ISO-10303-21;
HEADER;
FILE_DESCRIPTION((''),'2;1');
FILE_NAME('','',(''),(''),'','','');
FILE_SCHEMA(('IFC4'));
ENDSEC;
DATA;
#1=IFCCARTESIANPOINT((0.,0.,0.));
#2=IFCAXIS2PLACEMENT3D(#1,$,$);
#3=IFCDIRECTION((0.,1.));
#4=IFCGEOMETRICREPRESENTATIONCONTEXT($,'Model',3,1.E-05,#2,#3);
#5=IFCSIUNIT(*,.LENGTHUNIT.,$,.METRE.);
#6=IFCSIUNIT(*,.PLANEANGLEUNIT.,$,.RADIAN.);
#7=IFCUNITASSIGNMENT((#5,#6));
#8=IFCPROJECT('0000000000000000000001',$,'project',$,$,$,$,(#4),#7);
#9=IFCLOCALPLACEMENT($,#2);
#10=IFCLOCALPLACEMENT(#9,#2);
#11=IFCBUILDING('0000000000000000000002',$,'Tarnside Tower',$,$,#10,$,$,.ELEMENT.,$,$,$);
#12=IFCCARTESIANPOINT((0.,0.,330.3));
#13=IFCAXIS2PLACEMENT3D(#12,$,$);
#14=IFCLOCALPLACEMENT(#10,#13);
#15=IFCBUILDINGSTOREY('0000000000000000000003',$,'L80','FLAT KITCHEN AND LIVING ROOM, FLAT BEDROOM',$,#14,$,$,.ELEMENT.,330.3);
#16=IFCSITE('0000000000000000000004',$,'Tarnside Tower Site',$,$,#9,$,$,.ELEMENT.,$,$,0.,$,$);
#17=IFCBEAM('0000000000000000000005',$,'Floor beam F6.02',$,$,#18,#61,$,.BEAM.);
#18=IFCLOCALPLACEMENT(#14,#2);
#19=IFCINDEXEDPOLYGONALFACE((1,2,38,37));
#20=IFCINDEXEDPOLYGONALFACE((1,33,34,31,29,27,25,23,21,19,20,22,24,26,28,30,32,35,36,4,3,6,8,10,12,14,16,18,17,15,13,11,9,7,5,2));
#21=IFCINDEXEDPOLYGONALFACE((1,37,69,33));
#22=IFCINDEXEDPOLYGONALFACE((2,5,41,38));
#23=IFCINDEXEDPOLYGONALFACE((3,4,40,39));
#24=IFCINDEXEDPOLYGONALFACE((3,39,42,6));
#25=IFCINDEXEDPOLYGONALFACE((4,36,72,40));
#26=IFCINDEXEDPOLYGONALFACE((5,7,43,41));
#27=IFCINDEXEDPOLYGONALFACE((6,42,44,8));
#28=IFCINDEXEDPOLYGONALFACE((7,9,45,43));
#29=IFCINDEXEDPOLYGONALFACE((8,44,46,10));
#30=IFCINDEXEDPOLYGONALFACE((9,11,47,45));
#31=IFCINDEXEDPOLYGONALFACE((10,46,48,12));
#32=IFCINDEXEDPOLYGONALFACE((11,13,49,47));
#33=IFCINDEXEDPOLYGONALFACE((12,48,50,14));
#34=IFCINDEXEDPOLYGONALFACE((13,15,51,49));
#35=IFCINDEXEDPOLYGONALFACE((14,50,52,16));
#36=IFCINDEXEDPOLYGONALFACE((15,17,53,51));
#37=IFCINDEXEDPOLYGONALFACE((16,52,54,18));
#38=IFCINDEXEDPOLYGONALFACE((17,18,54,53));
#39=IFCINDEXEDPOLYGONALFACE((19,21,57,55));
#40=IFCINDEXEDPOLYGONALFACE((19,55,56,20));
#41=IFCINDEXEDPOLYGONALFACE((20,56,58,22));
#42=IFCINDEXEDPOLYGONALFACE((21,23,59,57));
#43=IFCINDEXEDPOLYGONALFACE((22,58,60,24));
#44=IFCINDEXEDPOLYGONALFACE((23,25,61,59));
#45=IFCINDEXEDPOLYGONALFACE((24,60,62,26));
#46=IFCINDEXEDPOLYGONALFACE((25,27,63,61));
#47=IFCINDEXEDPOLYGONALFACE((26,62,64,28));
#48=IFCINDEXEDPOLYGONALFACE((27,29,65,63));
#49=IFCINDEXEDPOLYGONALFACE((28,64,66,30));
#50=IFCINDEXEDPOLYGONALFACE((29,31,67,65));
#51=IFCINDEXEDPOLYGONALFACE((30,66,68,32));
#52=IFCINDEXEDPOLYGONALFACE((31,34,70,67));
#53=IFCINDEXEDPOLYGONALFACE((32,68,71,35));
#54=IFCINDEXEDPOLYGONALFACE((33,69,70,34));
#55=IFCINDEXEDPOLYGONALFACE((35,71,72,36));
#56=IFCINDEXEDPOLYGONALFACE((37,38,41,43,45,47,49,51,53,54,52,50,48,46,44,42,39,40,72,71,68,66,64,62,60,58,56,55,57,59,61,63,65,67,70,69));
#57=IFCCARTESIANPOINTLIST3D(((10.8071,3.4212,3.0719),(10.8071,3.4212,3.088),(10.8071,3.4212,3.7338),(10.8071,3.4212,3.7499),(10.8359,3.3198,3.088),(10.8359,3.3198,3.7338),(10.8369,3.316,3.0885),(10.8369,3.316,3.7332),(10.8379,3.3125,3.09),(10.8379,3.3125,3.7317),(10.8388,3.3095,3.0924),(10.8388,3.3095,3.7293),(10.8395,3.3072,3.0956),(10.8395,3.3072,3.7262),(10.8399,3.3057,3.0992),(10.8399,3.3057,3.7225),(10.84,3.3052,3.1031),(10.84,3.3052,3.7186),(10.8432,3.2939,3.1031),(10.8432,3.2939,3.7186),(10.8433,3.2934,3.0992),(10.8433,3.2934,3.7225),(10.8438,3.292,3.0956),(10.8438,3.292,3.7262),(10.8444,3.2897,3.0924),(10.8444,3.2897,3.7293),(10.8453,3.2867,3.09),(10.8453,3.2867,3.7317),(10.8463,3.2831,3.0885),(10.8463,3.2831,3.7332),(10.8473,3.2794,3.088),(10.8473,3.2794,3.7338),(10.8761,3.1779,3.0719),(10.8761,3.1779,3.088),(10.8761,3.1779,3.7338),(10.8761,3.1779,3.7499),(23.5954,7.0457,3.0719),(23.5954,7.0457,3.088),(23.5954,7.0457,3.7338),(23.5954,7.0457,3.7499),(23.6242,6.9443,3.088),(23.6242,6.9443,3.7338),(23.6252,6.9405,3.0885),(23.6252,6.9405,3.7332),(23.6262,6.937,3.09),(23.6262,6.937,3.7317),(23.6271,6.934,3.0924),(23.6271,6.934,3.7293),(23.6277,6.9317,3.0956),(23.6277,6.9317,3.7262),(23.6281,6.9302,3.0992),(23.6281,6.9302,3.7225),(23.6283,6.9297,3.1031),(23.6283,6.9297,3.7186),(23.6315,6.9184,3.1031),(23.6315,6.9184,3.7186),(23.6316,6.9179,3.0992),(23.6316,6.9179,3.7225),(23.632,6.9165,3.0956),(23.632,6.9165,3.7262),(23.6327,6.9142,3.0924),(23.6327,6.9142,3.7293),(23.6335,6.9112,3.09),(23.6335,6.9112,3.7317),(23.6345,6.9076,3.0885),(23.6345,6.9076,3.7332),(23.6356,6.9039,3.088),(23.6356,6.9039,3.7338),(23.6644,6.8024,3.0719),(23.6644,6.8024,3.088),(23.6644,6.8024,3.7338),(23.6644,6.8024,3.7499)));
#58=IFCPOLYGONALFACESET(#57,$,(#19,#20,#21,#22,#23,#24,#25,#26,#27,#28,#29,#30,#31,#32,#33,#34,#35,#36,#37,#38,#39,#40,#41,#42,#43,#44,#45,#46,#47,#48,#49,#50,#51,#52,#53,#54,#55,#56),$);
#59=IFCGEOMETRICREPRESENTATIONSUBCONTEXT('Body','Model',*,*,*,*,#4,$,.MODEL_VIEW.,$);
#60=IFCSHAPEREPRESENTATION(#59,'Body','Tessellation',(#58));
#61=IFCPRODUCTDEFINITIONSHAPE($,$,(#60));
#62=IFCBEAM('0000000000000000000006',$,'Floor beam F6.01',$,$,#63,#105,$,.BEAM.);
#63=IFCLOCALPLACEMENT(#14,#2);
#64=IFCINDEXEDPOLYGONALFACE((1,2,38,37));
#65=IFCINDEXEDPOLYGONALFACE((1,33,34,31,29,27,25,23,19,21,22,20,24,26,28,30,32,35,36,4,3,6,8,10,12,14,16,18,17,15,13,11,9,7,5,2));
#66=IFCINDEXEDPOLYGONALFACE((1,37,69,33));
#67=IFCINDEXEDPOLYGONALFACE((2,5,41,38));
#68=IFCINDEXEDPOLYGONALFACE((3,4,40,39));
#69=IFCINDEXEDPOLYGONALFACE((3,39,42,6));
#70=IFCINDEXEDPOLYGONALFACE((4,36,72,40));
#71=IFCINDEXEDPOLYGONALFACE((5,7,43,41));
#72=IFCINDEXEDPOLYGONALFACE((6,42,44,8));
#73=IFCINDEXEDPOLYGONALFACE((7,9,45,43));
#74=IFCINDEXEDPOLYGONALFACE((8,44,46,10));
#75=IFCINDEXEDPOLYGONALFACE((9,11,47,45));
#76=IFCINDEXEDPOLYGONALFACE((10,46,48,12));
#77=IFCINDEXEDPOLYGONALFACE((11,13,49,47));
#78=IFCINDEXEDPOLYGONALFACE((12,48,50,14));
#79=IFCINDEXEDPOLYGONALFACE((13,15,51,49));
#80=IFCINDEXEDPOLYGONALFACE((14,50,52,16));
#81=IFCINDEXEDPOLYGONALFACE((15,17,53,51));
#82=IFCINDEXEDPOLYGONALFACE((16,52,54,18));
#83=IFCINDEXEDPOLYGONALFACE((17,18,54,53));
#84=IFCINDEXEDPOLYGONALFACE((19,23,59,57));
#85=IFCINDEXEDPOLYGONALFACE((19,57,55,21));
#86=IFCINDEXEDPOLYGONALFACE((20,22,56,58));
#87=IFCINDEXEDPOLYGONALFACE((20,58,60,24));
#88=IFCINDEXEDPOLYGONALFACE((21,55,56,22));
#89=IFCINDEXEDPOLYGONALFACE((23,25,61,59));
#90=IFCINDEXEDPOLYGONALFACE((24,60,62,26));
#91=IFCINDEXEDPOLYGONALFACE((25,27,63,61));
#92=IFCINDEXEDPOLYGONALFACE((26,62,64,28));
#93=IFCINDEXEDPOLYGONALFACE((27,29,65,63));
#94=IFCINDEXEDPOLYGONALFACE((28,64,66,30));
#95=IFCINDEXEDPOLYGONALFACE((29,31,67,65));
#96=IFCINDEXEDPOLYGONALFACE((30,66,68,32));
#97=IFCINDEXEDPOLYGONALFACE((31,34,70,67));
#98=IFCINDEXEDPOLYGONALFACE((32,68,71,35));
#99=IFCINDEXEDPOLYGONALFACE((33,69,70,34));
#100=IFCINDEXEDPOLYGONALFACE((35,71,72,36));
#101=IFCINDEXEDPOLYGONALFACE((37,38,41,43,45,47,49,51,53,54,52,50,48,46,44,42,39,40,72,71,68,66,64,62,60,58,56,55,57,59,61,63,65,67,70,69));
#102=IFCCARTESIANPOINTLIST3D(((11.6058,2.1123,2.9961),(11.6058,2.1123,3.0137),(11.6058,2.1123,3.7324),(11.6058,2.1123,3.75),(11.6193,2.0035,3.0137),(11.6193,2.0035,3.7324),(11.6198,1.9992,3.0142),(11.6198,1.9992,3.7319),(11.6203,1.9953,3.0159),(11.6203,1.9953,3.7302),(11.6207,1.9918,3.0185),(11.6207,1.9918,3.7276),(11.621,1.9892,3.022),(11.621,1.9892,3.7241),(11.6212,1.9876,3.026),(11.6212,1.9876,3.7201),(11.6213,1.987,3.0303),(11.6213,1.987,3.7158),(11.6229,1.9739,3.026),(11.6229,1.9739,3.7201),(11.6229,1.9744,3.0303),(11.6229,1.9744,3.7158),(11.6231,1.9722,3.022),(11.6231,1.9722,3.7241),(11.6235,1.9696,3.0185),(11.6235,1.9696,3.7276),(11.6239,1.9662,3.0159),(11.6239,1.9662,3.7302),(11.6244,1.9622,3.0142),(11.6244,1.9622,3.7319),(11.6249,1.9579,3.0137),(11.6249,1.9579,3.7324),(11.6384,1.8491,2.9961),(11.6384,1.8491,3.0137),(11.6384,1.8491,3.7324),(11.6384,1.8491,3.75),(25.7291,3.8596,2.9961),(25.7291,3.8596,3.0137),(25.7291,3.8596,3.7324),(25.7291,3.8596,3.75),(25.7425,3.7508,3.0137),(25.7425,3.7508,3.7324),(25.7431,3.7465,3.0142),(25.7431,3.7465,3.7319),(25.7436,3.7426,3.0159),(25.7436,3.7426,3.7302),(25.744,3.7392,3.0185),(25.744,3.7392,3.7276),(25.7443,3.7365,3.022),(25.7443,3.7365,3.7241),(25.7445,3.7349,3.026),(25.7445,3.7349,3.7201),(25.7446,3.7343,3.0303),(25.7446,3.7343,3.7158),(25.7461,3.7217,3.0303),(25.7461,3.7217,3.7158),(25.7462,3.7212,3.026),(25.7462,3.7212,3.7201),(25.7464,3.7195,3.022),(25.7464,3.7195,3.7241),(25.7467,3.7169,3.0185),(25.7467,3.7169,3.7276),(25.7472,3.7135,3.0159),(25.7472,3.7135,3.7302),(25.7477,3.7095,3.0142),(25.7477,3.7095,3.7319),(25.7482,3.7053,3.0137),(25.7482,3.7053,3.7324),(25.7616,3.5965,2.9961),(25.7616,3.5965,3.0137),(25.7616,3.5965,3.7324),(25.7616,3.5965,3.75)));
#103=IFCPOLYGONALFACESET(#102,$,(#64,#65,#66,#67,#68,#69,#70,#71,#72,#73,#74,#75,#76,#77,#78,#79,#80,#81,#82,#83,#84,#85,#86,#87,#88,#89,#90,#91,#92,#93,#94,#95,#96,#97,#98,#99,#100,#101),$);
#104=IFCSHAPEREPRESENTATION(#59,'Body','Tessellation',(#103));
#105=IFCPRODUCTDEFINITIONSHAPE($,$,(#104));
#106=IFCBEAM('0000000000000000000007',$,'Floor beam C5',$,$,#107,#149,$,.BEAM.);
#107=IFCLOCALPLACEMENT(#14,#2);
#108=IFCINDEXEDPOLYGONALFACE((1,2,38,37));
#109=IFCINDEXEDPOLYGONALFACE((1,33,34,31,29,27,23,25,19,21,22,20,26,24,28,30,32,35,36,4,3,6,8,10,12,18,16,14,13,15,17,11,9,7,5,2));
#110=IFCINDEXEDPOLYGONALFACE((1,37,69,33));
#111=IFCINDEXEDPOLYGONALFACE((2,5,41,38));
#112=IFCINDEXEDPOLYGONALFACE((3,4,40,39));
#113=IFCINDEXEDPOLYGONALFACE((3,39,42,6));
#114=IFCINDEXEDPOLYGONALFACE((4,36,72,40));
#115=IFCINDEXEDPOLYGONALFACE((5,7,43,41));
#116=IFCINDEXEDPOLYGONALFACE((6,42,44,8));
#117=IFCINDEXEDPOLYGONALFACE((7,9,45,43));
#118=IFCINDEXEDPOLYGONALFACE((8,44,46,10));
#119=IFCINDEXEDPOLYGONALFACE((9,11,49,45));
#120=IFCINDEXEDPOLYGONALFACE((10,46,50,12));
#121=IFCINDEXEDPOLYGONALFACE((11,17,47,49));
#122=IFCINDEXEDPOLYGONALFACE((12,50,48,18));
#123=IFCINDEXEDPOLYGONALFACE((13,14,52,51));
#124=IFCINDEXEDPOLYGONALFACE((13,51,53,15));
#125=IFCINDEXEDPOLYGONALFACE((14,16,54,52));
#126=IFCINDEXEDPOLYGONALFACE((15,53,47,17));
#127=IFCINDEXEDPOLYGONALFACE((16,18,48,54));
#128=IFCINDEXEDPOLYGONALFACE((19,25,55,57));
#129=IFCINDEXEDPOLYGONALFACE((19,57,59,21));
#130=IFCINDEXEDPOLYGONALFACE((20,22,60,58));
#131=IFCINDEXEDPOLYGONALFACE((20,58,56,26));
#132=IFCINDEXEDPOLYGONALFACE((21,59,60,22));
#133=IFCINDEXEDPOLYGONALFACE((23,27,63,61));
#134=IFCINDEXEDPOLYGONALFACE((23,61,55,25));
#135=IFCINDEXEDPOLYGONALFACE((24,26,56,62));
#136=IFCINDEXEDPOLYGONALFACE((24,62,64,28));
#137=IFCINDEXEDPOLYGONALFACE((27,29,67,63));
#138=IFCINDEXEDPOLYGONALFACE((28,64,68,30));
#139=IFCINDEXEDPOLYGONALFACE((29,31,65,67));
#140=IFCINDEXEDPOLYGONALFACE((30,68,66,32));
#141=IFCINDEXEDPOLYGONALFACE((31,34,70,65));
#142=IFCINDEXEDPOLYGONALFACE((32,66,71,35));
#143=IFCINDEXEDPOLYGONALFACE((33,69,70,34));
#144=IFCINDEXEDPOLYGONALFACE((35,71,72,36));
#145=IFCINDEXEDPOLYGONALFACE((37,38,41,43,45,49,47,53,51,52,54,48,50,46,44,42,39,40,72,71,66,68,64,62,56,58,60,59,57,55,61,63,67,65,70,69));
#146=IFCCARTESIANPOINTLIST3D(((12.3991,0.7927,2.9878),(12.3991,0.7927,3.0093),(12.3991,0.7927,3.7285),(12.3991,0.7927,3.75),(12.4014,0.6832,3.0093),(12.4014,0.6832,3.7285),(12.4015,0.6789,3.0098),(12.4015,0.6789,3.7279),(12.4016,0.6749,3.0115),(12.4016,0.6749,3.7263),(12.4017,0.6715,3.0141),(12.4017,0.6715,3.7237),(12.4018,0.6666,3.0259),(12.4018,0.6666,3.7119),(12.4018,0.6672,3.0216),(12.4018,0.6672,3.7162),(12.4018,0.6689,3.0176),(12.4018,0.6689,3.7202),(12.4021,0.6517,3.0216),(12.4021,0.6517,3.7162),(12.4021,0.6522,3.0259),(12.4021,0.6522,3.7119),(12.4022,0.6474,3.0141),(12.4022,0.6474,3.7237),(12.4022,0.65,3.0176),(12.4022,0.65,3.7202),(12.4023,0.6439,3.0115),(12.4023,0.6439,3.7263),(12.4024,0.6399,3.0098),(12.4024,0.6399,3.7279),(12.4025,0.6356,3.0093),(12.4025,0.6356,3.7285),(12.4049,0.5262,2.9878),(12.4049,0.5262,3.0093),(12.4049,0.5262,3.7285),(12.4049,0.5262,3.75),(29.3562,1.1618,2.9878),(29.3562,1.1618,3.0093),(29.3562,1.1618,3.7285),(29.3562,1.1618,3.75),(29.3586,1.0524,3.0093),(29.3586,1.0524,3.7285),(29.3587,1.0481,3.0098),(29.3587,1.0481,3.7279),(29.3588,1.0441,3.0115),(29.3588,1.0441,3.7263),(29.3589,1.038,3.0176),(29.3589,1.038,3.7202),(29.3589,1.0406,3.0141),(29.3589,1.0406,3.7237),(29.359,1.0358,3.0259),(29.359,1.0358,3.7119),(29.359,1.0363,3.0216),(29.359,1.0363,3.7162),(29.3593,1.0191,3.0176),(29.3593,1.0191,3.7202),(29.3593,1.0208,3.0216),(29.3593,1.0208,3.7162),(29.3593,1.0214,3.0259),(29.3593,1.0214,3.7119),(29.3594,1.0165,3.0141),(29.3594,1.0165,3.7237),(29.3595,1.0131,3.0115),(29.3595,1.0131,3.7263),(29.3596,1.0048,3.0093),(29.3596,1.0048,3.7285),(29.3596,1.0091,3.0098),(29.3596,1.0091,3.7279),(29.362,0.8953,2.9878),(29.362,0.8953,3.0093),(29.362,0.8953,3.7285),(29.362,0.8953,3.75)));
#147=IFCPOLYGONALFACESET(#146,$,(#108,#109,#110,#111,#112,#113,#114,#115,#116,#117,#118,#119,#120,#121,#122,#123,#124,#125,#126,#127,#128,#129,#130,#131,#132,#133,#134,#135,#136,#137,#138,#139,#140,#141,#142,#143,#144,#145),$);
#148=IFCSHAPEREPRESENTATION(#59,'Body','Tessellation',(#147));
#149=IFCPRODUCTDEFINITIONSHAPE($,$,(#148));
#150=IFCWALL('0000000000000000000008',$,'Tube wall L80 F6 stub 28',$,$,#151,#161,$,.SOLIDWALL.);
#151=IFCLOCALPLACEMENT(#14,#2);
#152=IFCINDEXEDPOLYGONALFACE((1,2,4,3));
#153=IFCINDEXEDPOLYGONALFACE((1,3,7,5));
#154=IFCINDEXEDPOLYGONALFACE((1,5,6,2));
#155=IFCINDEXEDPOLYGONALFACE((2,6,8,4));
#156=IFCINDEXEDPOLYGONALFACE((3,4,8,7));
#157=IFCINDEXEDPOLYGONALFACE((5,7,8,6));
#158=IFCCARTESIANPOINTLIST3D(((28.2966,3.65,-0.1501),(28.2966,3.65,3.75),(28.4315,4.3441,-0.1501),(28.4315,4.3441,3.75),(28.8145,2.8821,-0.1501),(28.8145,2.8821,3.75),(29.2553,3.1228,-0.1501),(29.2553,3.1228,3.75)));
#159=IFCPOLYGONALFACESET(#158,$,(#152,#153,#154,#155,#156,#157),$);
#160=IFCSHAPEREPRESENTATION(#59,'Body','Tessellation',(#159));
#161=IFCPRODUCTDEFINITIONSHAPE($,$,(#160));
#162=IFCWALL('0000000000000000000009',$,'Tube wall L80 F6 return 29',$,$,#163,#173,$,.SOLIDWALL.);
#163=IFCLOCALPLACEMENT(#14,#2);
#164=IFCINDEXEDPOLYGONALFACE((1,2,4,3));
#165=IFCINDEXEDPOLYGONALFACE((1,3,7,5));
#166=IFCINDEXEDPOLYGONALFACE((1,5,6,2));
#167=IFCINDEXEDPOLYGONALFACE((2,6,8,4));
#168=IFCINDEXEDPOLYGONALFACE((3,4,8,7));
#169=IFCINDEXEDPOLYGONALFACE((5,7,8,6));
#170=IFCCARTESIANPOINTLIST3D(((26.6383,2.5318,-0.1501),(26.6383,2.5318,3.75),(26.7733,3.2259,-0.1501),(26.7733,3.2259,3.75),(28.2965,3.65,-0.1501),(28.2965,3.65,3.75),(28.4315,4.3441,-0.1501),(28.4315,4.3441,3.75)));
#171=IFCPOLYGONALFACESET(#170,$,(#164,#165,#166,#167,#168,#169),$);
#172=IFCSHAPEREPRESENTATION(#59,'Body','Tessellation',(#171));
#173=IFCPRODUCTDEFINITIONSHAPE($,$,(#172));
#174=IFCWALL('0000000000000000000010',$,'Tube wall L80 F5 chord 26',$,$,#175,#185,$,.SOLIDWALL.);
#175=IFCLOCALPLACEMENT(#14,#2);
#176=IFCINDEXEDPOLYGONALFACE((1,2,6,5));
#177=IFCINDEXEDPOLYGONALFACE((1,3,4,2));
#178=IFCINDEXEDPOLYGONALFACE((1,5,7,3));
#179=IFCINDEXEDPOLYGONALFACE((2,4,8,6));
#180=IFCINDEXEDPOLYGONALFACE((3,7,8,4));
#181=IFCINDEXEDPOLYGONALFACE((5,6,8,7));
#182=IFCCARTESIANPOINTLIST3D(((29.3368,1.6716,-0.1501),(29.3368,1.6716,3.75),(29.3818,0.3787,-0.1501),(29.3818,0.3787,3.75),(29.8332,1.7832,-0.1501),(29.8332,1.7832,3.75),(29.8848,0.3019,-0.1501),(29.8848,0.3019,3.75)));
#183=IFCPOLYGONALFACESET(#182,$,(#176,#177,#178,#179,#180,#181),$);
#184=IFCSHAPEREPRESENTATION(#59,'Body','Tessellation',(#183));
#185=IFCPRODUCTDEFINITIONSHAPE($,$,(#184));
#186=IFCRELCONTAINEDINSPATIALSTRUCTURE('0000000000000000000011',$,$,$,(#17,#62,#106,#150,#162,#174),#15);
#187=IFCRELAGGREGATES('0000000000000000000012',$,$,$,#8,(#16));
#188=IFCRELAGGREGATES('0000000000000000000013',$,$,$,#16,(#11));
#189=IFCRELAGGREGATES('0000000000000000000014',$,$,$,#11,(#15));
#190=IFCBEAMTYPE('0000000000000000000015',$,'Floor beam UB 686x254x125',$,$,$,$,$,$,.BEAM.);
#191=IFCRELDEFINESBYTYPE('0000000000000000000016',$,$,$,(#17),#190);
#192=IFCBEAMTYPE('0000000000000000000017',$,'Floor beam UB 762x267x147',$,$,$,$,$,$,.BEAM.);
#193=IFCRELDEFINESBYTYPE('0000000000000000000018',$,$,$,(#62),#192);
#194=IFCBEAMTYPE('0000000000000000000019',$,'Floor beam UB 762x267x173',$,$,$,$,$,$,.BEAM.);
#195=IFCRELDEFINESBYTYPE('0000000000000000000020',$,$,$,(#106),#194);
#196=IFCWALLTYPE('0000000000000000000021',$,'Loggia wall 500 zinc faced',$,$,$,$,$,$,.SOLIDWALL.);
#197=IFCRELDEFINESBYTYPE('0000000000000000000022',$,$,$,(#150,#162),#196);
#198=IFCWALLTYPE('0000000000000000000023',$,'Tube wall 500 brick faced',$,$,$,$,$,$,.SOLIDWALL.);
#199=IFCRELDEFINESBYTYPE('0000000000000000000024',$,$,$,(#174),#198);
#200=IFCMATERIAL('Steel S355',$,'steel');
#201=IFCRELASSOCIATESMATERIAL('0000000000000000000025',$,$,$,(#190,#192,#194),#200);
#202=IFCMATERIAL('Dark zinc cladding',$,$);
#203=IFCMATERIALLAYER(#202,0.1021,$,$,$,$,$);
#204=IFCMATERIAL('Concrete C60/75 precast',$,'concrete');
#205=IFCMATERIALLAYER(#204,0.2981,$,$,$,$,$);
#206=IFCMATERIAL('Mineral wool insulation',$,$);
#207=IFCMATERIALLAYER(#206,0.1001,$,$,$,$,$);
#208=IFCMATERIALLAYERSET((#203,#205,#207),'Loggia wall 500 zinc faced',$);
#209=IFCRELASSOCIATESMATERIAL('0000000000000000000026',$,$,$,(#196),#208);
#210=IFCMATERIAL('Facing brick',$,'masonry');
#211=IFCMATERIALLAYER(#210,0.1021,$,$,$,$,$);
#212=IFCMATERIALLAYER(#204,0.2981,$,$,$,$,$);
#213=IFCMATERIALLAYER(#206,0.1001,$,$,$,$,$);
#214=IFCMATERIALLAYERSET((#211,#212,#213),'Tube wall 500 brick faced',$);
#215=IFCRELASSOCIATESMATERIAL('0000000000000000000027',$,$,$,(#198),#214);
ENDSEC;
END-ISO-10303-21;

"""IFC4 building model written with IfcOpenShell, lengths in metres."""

from ifc_helpers import new_model, si_unit, direction, frame, origin, origin_2d, place, context, subcontext, project, spatial, polyline, i_section, outline, extrude, material, layer, layer_set, material_profile, profile_set, type_object, element, save


model = new_model("IFC4")

# Units and contexts
model_context = context("Model", 3, precision=1e-05, world=origin(), true_north=direction((0.0, 1.0)))
body_context = subcontext(model_context, "Body", "Model", "MODEL_VIEW")
ifc_project = project(units=[si_unit("LENGTHUNIT", "METRE"), si_unit("PLANEANGLEUNIT", "RADIAN")], contexts=[model_context])

# Site, building, storey
site_placement = place(None, origin())
site = spatial("IfcSite", under=ifc_project, at=site_placement, Name="Tarnside Tower Site", CompositionType="ELEMENT", RefElevation=0.0)
building_placement = place(site_placement, origin())
building = spatial("IfcBuilding", under=site, at=building_placement, Name="Tarnside Tower", CompositionType="ELEMENT")
storey_placement = place(building_placement, frame((0.0, 0.0, 330.3)))
storey = spatial("IfcBuildingStorey", under=building, at=storey_placement, Name="L80", Description="FLAT KITCHEN AND LIVING ROOM, FLAT BEDROOM", CompositionType="ELEMENT", Elevation=330.3)

# Beams
ifc_material_1 = material(Name="Steel S355", Category="steel")
ifc_material_profile_1 = material_profile(ifc_material_1, i_section(OverallWidth=0.2529, OverallDepth=0.678, WebThickness=0.0117, FlangeThickness=0.0161, FilletRadius=0.0151, at=origin_2d()), Name="UB 686x254x125")
ifc_profile_set_1 = profile_set([ifc_material_profile_1], Name="Steel S355")
beam_type_1 = type_object("IfcBeamType", Name="Floor beam UB 686x254x125", PredefinedType="BEAM", material=ifc_profile_set_1)
beam_1_placement = place(storey_placement, frame((23.6299, 6.9241, 3.4109), z_axis=(-0.962104, -0.272683, 0.0), x_axis=(0.272683, -0.962104, 0.0)))
element("IfcBeam", 1, at=beam_1_placement, inside=storey, type_object=beam_type_1, Name="Floor beam F6.02", PredefinedType="BEAM", context=body_context, shape_type="SweptSolid", body=[
    extrude(i_section(OverallWidth=0.2529, OverallDepth=0.678, WebThickness=0.0117, FlangeThickness=0.0161, FilletRadius=0.0151, at=origin_2d()), origin(), (0.0, 0.0, 1.0), 13.292),
])
ifc_material_profile_2 = material_profile(ifc_material_1, i_section(OverallWidth=0.2651, OverallDepth=0.7539, WebThickness=0.0127, FlangeThickness=0.0176, FilletRadius=0.0166, at=origin_2d()), Name="UB 762x267x147")
ifc_profile_set_2 = profile_set([ifc_material_profile_2], Name="Steel S355")
beam_type_2 = type_object("IfcBeamType", Name="Floor beam UB 762x267x147", PredefinedType="BEAM", material=ifc_profile_set_2)
beam_2_placement = place(storey_placement, frame((25.7454, 3.728, 3.373), z_axis=(-0.992434, -0.122783, 0.0), x_axis=(0.122783, -0.992434, 0.0)))
element("IfcBeam", 2, at=beam_2_placement, inside=storey, type_object=beam_type_2, Name="Floor beam F6.01", PredefinedType="BEAM", context=body_context, shape_type="SweptSolid", body=[
    extrude(i_section(OverallWidth=0.2651, OverallDepth=0.7539, WebThickness=0.0127, FlangeThickness=0.0176, FilletRadius=0.0166, at=origin_2d()), origin(), (0.0, 0.0, 1.0), 14.231),
])
ifc_material_profile_3 = material_profile(ifc_material_1, i_section(OverallWidth=0.2666, OverallDepth=0.7622, WebThickness=0.0144, FlangeThickness=0.0215, FilletRadius=0.0166, at=origin_2d()), Name="UB 762x267x173")
ifc_profile_set_3 = profile_set([ifc_material_profile_3], Name="Steel S355")
beam_type_3 = type_object("IfcBeamType", Name="Floor beam UB 762x267x173", PredefinedType="BEAM", material=ifc_profile_set_3)
beam_3_placement = place(storey_placement, frame((29.3591, 1.0286, 3.3689), z_axis=(-0.999763, -0.021764, 0.0), x_axis=(0.021764, -0.999763, 0.0)))
element("IfcBeam", 3, at=beam_3_placement, inside=storey, type_object=beam_type_3, Name="Floor beam C5", PredefinedType="BEAM", context=body_context, shape_type="SweptSolid", body=[
    extrude(i_section(OverallWidth=0.2666, OverallDepth=0.7622, WebThickness=0.0144, FlangeThickness=0.0215, FilletRadius=0.0166, at=origin_2d()), origin(), (0.0, 0.0, 1.0), 16.9612),
])

# Walls
ifc_material_2 = material(Name="Dark zinc cladding")
ifc_layer_1 = layer(ifc_material_2, 0.1021)
ifc_material_3 = material(Name="Concrete C60/75 precast", Category="concrete")
ifc_layer_2 = layer(ifc_material_3, 0.2981)
ifc_material_4 = material(Name="Mineral wool insulation")
ifc_layer_3 = layer(ifc_material_4, 0.1001)
ifc_layer_set_1 = layer_set([ifc_layer_1, ifc_layer_2, ifc_layer_3], Name="Loggia wall 500 zinc faced")
wall_type_1 = type_object("IfcWallType", Name="Loggia wall 500 zinc faced", PredefinedType="SOLIDWALL", material=ifc_layer_set_1)
wall_1_placement = place(storey_placement, frame((29.0349, 3.0024, -0.1501), z_axis=(0.0, 0.0, 1.0), x_axis=(-0.5592, 0.829033, 0.0)))
element("IfcWall", 4, at=wall_1_placement, inside=storey, type_object=wall_type_1, Name="Tube wall L80 F6 stub 28", PredefinedType="SOLIDWALL", context=body_context, shape_type="SweptSolid", body=[
    extrude(outline(polyline([(-0.0234, -0.25), (1.4497, -0.25), (0.9497, 0.25), (0.0234, 0.25), (-0.0234, -0.25)])), origin(), (0.0, 0.0, 1.0), 3.9001),
])
wall_2_placement = place(storey_placement, frame((28.364, 3.9971, -0.1501), z_axis=(0.0, 0.0, 1.0), x_axis=(-0.829109, -0.559087, 0.0)))
element("IfcWall", 5, at=wall_2_placement, inside=storey, type_object=wall_type_1, Name="Tube wall L80 F6 return 29", PredefinedType="SOLIDWALL", context=body_context, shape_type="SweptSolid", body=[
    extrude(outline(polyline([(-0.25, -0.25), (1.75, -0.25), (2.25, 0.25), (0.25, 0.25), (-0.25, -0.25)])), origin(), (0.0, 0.0, 1.0), 3.9001),
])

# Wall
ifc_material_5 = material(Name="Facing brick", Category="masonry")
ifc_layer_4 = layer(ifc_material_5, 0.1021)
ifc_layer_5 = layer(ifc_material_3, 0.2981)
ifc_layer_6 = layer(ifc_material_4, 0.1001)
ifc_layer_set_2 = layer_set([ifc_layer_4, ifc_layer_5, ifc_layer_6], Name="Tube wall 500 brick faced")
wall_type_2 = type_object("IfcWallType", Name="Tube wall 500 brick faced", PredefinedType="SOLIDWALL", material=ifc_layer_set_2)
wall_3_placement = place(storey_placement, frame((29.6333, 0.3403, -0.1501), z_axis=(0.0, 0.0, 1.0), x_axis=(-0.034826, 0.999393, 0.0)))
element("IfcWall", 6, at=wall_3_placement, inside=storey, type_object=wall_type_2, Name="Tube wall L80 F5 chord 26", PredefinedType="SOLIDWALL", context=body_context, shape_type="SweptSolid", body=[
    extrude(outline(polyline([(-0.0471, -0.25), (1.4351, -0.25), (1.3408, 0.25), (0.0471, 0.25), (-0.0471, -0.25)])), origin(), (0.0, 0.0, 1.0), 3.9001),
])

save(model, "model.ifc")
